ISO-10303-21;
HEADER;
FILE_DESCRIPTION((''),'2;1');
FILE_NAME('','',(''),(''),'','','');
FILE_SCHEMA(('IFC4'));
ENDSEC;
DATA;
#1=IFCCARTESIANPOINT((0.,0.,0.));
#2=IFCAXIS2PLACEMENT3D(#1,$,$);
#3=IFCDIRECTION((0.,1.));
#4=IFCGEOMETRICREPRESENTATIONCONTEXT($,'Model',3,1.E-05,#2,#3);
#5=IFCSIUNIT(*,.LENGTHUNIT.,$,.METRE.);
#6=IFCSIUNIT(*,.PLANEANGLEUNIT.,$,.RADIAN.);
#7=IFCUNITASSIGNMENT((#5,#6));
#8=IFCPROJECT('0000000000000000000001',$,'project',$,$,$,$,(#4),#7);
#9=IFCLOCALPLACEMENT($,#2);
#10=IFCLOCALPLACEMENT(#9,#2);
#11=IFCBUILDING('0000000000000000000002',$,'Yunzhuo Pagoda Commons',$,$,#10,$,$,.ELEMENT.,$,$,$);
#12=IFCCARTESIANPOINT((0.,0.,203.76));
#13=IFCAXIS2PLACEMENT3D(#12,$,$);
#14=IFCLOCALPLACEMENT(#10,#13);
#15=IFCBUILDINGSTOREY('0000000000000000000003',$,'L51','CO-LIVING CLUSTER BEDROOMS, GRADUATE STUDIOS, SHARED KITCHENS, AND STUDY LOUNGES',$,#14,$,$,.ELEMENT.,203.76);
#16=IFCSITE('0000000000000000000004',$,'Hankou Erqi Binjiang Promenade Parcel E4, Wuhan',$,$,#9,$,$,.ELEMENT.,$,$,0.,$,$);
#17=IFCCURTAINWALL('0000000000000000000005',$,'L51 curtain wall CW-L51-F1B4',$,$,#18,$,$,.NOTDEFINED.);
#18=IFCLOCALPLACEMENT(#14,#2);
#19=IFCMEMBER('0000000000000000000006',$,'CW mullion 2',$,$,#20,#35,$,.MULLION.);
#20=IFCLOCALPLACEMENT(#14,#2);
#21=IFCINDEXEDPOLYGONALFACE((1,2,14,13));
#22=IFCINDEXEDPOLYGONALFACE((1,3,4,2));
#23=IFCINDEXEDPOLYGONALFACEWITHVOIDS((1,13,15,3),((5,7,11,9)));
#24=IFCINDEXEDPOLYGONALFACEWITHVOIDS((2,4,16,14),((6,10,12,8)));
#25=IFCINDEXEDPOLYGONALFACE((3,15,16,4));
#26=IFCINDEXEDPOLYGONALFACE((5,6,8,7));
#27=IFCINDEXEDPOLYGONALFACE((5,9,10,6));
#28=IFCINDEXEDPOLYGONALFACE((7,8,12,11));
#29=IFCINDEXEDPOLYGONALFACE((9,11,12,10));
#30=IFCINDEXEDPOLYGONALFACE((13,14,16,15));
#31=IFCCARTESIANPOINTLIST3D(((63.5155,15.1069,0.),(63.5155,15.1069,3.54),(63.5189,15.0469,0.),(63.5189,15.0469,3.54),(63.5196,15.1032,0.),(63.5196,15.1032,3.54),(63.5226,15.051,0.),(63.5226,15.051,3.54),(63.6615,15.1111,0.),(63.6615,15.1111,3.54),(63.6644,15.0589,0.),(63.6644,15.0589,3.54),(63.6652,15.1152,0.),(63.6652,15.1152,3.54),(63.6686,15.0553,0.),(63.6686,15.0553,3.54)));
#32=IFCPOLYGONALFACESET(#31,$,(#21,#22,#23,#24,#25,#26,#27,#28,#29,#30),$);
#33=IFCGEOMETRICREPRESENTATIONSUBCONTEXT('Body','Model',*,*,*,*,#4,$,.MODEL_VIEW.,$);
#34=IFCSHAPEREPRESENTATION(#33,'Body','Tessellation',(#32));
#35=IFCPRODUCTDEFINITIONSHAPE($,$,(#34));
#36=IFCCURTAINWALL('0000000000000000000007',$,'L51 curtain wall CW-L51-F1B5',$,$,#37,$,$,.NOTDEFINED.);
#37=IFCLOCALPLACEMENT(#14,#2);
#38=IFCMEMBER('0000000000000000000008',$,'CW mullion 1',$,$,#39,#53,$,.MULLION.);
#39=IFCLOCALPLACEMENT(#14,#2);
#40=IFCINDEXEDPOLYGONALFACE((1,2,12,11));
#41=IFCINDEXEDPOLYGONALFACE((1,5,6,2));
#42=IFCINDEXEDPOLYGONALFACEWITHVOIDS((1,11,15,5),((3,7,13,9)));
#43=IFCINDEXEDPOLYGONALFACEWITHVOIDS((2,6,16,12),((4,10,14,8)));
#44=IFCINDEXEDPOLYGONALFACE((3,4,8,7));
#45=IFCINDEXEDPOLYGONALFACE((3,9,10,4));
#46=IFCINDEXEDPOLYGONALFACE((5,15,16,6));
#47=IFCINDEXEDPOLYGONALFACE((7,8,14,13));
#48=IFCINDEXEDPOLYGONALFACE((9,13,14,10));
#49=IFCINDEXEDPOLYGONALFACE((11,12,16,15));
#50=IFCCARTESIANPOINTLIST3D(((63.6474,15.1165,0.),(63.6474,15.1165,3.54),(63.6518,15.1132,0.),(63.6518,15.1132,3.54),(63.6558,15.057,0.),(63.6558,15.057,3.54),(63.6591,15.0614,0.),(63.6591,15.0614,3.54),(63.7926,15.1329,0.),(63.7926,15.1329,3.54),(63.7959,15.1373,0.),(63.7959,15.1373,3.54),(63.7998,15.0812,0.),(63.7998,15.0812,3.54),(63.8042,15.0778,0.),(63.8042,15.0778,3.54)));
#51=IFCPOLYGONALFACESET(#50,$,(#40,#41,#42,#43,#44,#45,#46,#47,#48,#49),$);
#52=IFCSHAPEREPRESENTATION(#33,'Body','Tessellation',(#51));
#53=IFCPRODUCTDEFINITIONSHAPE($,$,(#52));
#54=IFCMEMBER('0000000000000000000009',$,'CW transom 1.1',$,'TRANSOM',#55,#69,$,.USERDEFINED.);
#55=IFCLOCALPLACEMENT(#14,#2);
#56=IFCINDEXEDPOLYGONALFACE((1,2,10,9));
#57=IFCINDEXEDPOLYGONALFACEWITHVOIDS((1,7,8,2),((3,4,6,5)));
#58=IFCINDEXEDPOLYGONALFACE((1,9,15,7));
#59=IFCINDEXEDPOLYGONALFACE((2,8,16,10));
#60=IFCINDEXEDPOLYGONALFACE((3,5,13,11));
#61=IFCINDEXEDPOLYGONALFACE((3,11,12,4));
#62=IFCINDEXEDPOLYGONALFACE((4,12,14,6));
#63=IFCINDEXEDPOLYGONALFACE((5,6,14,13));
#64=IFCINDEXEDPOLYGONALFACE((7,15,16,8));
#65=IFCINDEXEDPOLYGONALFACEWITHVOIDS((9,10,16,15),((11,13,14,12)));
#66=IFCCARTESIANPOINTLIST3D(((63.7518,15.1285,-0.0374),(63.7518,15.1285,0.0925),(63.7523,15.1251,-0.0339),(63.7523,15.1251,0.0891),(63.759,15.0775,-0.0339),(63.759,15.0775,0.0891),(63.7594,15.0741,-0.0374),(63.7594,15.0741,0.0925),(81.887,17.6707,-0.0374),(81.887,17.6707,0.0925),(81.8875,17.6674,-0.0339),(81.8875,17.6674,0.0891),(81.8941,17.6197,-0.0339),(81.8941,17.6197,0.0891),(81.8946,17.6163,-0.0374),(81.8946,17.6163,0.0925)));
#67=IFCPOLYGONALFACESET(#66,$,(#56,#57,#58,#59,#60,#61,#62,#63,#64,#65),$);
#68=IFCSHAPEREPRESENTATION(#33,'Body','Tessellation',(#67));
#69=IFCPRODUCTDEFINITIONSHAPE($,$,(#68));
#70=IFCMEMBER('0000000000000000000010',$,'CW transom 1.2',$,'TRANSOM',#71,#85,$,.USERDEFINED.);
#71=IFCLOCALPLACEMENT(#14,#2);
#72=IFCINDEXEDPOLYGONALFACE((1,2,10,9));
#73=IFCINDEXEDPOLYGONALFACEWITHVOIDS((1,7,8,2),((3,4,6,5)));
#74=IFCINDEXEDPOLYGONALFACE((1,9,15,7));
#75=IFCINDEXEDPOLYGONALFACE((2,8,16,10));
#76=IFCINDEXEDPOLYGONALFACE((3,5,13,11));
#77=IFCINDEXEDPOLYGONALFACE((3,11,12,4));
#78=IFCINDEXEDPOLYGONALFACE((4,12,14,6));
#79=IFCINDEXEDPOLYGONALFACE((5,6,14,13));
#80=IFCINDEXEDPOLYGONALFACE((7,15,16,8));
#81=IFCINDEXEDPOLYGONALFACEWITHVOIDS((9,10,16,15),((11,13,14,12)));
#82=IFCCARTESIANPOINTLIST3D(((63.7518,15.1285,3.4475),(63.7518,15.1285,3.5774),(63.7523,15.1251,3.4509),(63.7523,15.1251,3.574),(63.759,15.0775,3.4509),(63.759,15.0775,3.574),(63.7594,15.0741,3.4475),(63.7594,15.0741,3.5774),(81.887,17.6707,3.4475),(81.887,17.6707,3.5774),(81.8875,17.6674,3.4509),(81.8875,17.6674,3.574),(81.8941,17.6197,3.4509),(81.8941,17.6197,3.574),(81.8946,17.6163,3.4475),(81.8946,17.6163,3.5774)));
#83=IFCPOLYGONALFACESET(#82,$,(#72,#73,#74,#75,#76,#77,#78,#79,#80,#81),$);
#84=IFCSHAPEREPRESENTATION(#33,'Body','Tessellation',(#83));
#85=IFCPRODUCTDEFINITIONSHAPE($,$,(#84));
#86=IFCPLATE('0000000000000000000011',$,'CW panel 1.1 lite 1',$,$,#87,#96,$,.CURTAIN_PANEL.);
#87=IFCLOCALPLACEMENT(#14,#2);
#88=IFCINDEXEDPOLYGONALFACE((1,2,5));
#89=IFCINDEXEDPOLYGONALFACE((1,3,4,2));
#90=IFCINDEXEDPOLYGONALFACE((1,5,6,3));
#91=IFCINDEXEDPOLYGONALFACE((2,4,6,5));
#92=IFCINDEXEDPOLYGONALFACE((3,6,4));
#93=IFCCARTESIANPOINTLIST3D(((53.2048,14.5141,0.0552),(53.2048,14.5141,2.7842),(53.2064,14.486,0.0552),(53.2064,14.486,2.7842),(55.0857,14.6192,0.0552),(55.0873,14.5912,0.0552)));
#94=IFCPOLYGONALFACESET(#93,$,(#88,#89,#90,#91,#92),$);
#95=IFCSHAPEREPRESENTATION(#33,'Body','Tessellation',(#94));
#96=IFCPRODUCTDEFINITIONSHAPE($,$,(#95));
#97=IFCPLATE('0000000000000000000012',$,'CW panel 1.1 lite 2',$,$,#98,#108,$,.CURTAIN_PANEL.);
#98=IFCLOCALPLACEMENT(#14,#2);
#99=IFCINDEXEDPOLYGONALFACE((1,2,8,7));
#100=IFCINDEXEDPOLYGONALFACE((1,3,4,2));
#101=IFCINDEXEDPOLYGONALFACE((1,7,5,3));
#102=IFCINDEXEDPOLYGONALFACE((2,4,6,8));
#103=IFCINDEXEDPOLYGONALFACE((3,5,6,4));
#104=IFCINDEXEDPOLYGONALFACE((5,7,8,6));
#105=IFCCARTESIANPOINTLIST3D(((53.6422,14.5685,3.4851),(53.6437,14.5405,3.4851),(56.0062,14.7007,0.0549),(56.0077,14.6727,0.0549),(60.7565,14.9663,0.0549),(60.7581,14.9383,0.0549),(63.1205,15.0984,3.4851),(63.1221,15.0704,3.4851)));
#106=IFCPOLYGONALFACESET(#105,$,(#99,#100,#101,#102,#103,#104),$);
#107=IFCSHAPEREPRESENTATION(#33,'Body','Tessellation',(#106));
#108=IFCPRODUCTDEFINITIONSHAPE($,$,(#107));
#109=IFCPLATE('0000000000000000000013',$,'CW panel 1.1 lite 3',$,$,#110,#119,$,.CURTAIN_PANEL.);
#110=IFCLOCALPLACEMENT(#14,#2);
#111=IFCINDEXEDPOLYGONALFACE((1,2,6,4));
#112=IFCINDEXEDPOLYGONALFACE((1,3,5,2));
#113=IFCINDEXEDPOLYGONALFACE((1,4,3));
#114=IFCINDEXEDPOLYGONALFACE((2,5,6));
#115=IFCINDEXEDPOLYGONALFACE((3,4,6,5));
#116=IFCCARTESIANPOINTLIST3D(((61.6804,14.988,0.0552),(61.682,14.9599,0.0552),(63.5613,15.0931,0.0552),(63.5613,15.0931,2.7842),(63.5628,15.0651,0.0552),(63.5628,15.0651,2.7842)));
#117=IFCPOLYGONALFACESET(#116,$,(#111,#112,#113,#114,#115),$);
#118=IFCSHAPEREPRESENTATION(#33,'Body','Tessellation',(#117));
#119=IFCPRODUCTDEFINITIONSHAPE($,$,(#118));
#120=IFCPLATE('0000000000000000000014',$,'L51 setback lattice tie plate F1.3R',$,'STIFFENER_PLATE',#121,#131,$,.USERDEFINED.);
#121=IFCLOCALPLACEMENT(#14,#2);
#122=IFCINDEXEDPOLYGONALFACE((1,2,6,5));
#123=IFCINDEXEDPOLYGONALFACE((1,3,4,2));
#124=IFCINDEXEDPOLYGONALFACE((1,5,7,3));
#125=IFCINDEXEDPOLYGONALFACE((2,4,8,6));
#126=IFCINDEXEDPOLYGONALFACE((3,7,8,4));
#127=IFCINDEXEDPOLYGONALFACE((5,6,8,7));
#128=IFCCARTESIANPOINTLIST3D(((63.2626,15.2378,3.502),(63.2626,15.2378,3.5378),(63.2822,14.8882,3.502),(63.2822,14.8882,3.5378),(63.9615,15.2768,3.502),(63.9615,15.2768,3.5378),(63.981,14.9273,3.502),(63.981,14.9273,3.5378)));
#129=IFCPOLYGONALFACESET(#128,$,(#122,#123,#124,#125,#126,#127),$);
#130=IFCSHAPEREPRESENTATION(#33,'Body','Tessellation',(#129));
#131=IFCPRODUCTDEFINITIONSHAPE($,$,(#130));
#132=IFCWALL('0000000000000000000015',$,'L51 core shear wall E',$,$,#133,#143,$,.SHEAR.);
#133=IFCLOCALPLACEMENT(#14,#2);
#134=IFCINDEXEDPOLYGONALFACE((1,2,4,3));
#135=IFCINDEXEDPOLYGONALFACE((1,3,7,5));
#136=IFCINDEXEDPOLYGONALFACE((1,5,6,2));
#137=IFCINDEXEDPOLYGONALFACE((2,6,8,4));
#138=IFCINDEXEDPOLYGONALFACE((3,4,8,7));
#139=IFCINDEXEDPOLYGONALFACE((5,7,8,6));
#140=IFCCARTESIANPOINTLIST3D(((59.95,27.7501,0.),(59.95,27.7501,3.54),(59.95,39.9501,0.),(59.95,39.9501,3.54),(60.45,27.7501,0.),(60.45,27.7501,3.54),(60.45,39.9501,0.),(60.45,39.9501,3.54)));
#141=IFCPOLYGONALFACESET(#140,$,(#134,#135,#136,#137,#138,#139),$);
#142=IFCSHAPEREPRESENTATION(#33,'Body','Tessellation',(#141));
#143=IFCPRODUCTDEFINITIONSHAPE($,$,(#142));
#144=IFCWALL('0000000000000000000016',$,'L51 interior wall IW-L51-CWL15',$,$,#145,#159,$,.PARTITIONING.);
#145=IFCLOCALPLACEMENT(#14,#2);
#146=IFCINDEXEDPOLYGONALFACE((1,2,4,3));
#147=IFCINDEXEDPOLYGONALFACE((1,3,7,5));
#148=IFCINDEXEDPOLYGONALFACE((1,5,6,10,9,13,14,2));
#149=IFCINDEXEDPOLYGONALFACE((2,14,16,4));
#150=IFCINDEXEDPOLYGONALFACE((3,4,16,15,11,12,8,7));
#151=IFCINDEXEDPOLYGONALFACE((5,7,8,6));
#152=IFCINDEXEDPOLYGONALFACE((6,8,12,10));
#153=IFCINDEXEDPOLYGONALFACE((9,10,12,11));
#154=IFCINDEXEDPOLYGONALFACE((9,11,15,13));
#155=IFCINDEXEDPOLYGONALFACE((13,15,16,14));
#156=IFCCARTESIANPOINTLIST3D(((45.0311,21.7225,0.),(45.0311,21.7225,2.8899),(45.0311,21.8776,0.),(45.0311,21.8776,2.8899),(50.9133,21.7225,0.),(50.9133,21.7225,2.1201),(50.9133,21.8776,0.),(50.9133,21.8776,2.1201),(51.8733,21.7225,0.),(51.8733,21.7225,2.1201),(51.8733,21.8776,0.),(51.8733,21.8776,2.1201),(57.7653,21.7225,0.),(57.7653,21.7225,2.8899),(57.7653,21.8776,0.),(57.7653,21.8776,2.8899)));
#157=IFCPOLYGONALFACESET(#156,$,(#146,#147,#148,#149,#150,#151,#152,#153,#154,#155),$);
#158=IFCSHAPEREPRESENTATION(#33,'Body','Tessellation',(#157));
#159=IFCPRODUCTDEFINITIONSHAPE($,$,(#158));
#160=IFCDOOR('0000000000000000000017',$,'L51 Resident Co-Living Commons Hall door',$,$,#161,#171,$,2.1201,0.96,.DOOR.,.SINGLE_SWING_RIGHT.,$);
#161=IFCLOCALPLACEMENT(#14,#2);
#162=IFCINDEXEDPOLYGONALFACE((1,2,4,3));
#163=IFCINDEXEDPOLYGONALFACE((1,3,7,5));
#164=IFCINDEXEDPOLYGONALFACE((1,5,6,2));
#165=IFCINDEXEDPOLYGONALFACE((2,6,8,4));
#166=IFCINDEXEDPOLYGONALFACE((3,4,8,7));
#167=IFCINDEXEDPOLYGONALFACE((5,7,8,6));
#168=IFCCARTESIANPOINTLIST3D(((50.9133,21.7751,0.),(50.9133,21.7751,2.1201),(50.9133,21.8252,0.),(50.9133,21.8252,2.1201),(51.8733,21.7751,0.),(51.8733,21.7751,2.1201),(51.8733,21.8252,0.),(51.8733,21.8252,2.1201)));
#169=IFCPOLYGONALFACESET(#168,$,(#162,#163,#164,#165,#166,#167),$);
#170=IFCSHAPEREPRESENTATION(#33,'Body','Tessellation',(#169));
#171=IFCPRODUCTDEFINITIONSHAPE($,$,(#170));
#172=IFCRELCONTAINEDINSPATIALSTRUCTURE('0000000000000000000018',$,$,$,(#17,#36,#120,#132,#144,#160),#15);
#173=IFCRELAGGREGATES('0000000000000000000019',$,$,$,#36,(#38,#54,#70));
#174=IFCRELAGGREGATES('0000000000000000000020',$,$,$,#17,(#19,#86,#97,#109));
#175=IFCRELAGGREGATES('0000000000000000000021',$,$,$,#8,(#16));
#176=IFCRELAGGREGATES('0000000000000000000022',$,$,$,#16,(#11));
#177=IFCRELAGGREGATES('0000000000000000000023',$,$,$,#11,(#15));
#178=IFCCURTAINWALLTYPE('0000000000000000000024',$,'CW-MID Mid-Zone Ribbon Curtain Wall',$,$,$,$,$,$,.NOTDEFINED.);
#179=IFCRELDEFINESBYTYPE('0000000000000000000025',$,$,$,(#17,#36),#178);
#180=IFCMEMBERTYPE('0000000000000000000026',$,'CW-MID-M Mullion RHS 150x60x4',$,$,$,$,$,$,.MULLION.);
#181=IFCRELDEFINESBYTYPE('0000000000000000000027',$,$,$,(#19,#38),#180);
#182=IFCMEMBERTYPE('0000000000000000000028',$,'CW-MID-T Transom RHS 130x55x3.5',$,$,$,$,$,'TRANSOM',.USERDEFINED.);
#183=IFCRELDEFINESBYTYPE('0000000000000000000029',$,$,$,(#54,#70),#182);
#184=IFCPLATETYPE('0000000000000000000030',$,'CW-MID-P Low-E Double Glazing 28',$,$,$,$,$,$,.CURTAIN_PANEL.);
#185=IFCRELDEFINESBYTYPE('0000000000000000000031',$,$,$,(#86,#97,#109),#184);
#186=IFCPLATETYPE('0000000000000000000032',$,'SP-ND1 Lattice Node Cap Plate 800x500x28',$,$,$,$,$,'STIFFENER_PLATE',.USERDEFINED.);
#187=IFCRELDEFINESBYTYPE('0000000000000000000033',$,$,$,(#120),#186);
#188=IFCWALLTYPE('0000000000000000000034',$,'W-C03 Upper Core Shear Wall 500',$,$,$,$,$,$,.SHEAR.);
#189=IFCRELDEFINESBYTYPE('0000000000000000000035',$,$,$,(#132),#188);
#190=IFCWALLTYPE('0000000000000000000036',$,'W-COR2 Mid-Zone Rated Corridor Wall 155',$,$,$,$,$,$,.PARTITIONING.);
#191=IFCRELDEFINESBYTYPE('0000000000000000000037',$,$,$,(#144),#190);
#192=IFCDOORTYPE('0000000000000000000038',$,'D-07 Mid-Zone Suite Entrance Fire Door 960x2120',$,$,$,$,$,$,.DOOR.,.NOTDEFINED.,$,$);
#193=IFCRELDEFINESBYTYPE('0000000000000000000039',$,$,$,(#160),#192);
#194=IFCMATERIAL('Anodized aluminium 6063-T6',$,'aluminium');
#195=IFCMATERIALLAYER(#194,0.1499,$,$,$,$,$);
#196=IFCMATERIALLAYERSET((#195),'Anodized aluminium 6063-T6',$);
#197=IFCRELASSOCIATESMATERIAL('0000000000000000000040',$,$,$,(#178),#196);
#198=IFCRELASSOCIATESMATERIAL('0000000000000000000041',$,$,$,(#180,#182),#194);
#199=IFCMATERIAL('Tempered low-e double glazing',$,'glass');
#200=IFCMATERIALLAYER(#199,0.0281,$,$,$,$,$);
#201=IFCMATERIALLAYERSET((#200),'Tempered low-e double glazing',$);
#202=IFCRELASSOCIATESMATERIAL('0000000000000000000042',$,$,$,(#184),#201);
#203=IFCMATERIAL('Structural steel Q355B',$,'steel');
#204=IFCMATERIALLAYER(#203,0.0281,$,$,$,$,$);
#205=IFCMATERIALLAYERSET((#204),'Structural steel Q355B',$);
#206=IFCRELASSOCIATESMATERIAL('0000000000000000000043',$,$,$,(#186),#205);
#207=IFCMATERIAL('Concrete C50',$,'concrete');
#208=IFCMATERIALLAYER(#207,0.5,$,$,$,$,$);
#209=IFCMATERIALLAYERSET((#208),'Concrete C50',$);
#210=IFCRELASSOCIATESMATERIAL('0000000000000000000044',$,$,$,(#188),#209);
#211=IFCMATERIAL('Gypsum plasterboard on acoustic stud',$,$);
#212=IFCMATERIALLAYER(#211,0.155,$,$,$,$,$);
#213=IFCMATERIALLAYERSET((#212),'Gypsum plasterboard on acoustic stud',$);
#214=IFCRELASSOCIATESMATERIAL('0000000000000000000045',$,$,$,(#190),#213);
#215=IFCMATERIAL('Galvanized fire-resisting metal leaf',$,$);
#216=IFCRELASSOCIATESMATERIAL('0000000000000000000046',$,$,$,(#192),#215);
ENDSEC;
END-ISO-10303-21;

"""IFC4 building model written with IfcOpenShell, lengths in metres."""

from ifc_helpers import new_model, si_unit, direction, frame, frame_2d, origin, origin_with_axes, origin_2d, place, context, subcontext, project, spatial, polyline, rectangle, hollow_rectangle, outline, extrude, source, transform, mapped, material, layer, layer_set, material_profile, profile_set, type_object, element, fill, aggregate, save


model = new_model("IFC4")

# Units and contexts
model_context = context("Model", 3, precision=1e-05, world=origin(), true_north=direction((0.0, 1.0)))
body_context = subcontext(model_context, "Body", "Model", "MODEL_VIEW")
ifc_project = project(units=[si_unit("LENGTHUNIT", "METRE"), si_unit("PLANEANGLEUNIT", "RADIAN")], contexts=[model_context])

# Site, building, storey
site_placement = place(None, origin())
site = spatial("IfcSite", under=ifc_project, at=site_placement, Name="Hankou Erqi Binjiang Promenade Parcel E4, Wuhan", CompositionType="ELEMENT", RefElevation=0.0)
building_placement = place(site_placement, origin())
building = spatial("IfcBuilding", under=site, at=building_placement, Name="Yunzhuo Pagoda Commons", CompositionType="ELEMENT")
storey_placement = place(building_placement, frame((0.0, 0.0, 203.76)))
storey = spatial("IfcBuildingStorey", under=building, at=storey_placement, Name="L51", Description="CO-LIVING CLUSTER BEDROOMS, GRADUATE STUDIOS, SHARED KITCHENS, AND STUDY LOUNGES", CompositionType="ELEMENT", Elevation=203.76)

# Shared definitions
ifc_material_1 = material(Name="Structural steel Q355B", Category="steel")

# Curtain wall, member
ifc_material_2 = material(Name="Anodized aluminium 6063-T6", Category="aluminium")
ifc_layer_1 = layer(ifc_material_2, 0.1499)
ifc_layer_set_1 = layer_set([ifc_layer_1], Name="Anodized aluminium 6063-T6")
curtain_wall_type = type_object("IfcCurtainWallType", Name="CW-MID Mid-Zone Ribbon Curtain Wall", PredefinedType="NOTDEFINED", material=ifc_layer_set_1)
curtain_wall_1_placement = place(storey_placement, origin())
curtain_wall_1 = element("IfcCurtainWall", 1, at=curtain_wall_1_placement, inside=storey, type_object=curtain_wall_type, Name="L51 curtain wall CW-L51-F1B4", PredefinedType="NOTDEFINED")
ifc_material_profile_1 = material_profile(ifc_material_2, hollow_rectangle(XDim=0.0601, YDim=0.1499, WallThickness=0.0039, at=origin_2d()), Name="Anodized aluminium 6063-T6")
ifc_profile_set_1 = profile_set([ifc_material_profile_1], Name="Anodized aluminium 6063-T6")
member_type_1 = type_object("IfcMemberType", Name="CW-MID-M Mullion RHS 150x60x4", PredefinedType="MULLION", material=ifc_profile_set_1)
shared_shape_1 = source(origin(), body_context, "Body", "SweptSolid", [
    extrude(hollow_rectangle(XDim=0.0601, YDim=0.1499, WallThickness=0.0039, at=origin_2d()), origin(), (0.0, 0.0, 1.0), 3.54),
])
member_1_placement = place(storey_placement, frame((63.592, 15.0811, 0.0), z_axis=(0.0, 0.0, 1.0), x_axis=(-0.055819, 0.998441, 0.0)))
member_1 = element("IfcMember", 2, at=member_1_placement, type_object=member_type_1, Name="CW mullion 2", PredefinedType="MULLION", context=body_context, shape_type="MappedRepresentation", body=[
    mapped(shared_shape_1, transform((0.0, 0.0, 0.0), scale=1.0)),
])

# Curtain wall, members
curtain_wall_2_placement = place(storey_placement, origin())
curtain_wall_2 = element("IfcCurtainWall", 3, at=curtain_wall_2_placement, inside=storey, type_object=curtain_wall_type, Name="L51 curtain wall CW-L51-F1B5", PredefinedType="NOTDEFINED")
member_2_placement = place(storey_placement, frame((63.7258, 15.0972, 0.0), z_axis=(0.0, 0.0, 1.0), x_axis=(-0.138819, 0.990318, 0.0)))
member_2 = element("IfcMember", 4, at=member_2_placement, type_object=member_type_1, Name="CW mullion 1", PredefinedType="MULLION", context=body_context, shape_type="MappedRepresentation", body=[
    mapped(shared_shape_1, transform((0.0, 0.0, 0.0), scale=1.0)),
])
ifc_material_profile_2 = material_profile(ifc_material_2, hollow_rectangle(XDim=0.0549, YDim=0.1299, WallThickness=0.0034, at=origin_2d()), Name="Anodized aluminium 6063-T6")
ifc_profile_set_2 = profile_set([ifc_material_profile_2], Name="Anodized aluminium 6063-T6")
member_type_2 = type_object("IfcMemberType", Name="CW-MID-T Transom RHS 130x55x3.5", ElementType="TRANSOM", PredefinedType="USERDEFINED", material=ifc_profile_set_2)
shared_shape_2 = source(origin(), body_context, "Body", "SweptSolid", [
    extrude(hollow_rectangle(XDim=0.0549, YDim=0.1299, WallThickness=0.0034, at=origin_2d()), origin(), (0.0, 0.0, 1.0), 18.3125),
])
member_3_placement = place(storey_placement, frame((63.7556, 15.1013, 0.0276), z_axis=(0.990317, 0.138825, 0.0), x_axis=(-0.138825, 0.990317, 0.0)))
member_3 = element("IfcMember", 5, at=member_3_placement, type_object=member_type_2, Name="CW transom 1.1", ObjectType="TRANSOM", PredefinedType="USERDEFINED", context=body_context, shape_type="MappedRepresentation", body=[
    mapped(shared_shape_2, transform((0.0, 0.0, 0.0), scale=1.0)),
])
member_4_placement = place(storey_placement, frame((63.7556, 15.1013, 3.5125), z_axis=(0.990317, 0.138825, 0.0), x_axis=(-0.138825, 0.990317, 0.0)))
member_4 = element("IfcMember", 6, at=member_4_placement, type_object=member_type_2, Name="CW transom 1.2", ObjectType="TRANSOM", PredefinedType="USERDEFINED", context=body_context, shape_type="MappedRepresentation", body=[
    mapped(shared_shape_2, transform((0.0, 0.0, 0.0), scale=1.0)),
])
aggregate(curtain_wall_2, [member_2, member_3, member_4])

# Plates
ifc_material_3 = material(Name="Tempered low-e double glazing", Category="glass")
ifc_layer_2 = layer(ifc_material_3, 0.0281)
ifc_layer_set_2 = layer_set([ifc_layer_2], Name="Tempered low-e double glazing")
plate_type_1 = type_object("IfcPlateType", Name="CW-MID-P Low-E Double Glazing 28", PredefinedType="CURTAIN_PANEL", material=ifc_layer_set_2)
plate_1_placement = place(storey_placement, frame((54.1453, 14.5667, 1.4197), z_axis=(0.055819, -0.998441, 0.0), x_axis=(0.998441, 0.055819, 0.0)))
plate_1 = element("IfcPlate", 7, at=plate_1_placement, type_object=plate_type_1, Name="CW panel 1.1 lite 1", PredefinedType="CURTAIN_PANEL", context=body_context, shape_type="SweptSolid", body=[
    extrude(outline(polyline([(-0.9419, -1.3645), (0.9419, -1.3645), (-0.9419, 1.3645), (-0.9419, -1.3645)])), origin(), (0.0, 0.0, 1.0), 0.0281),
])
plate_2_placement = place(storey_placement, frame((58.3813, 14.8335, 1.77), z_axis=(0.055819, -0.998441, 0.0), x_axis=(0.998441, 0.055819, 0.0)))
plate_2 = element("IfcPlate", 8, at=plate_2_placement, type_object=plate_type_1, Name="CW panel 1.1 lite 2", PredefinedType="CURTAIN_PANEL", context=body_context, shape_type="SweptSolid", body=[
    extrude(outline(polyline([(-4.7466, 1.7151), (-2.3789, -1.7151), (2.3789, -1.7151), (4.7466, 1.7151), (-4.7466, 1.7151)])), origin(), (0.0, 0.0, 1.0), 0.0281),
])
plate_3_placement = place(storey_placement, frame((62.6208, 15.0405, 1.4197), z_axis=(0.055819, -0.998441, 0.0), x_axis=(0.998441, 0.055819, 0.0)))
plate_3 = element("IfcPlate", 9, at=plate_3_placement, type_object=plate_type_1, Name="CW panel 1.1 lite 3", PredefinedType="CURTAIN_PANEL", context=body_context, shape_type="SweptSolid", body=[
    extrude(outline(polyline([(-0.9419, -1.3645), (0.9419, -1.3645), (0.9419, 1.3645), (-0.9419, -1.3645)])), origin(), (0.0, 0.0, 1.0), 0.0281),
])
aggregate(curtain_wall_1, [member_1, plate_1, plate_2, plate_3])
ifc_layer_3 = layer(ifc_material_1, 0.0281)
ifc_layer_set_3 = layer_set([ifc_layer_3], Name="Structural steel Q355B")
plate_type_2 = type_object("IfcPlateType", Name="SP-ND1 Lattice Node Cap Plate 800x500x28", ElementType="STIFFENER_PLATE", PredefinedType="USERDEFINED", material=ifc_layer_set_3)
shared_shape_3 = source(origin(), body_context, "Body", "SweptSolid", [
    extrude(rectangle(XDim=0.7, YDim=0.3501, at=origin_2d()), origin(), (0.0, 0.0, 1.0), 0.0359),
])
plate_4_placement = place(storey_placement, frame((63.6218, 15.0825, 3.502), z_axis=(0.0, 0.0, 1.0), x_axis=(0.998441, 0.055822, 0.0)))
element("IfcPlate", 10, at=plate_4_placement, inside=storey, type_object=plate_type_2, Name="L51 setback lattice tie plate F1.3R", ObjectType="STIFFENER_PLATE", PredefinedType="USERDEFINED", context=body_context, shape_type="MappedRepresentation", body=[
    mapped(shared_shape_3, transform((0.0, 0.0, 0.0), scale=1.0)),
])

# Wall
ifc_material_4 = material(Name="Concrete C50", Category="concrete")
ifc_layer_4 = layer(ifc_material_4, 0.5)
ifc_layer_set_4 = layer_set([ifc_layer_4], Name="Concrete C50")
wall_type_1 = type_object("IfcWallType", Name="W-C03 Upper Core Shear Wall 500", PredefinedType="SHEAR", material=ifc_layer_set_4)
wall_1_placement = place(storey_placement, frame((60.2, 27.75, 0.0), z_axis=(0.0, 0.0, 1.0), x_axis=(0.0, 1.0, 0.0)))
element("IfcWall", 11, at=wall_1_placement, inside=storey, type_object=wall_type_1, Name="L51 core shear wall E", PredefinedType="SHEAR", context=body_context, shape_type="SweptSolid", body=[
    extrude(rectangle(XDim=12.2, YDim=0.5, at=frame_2d((6.1001, 0.0))), origin(), (0.0, 0.0, 1.0), 3.54),
])

# Wall, opening, door
ifc_material_5 = material(Name="Gypsum plasterboard on acoustic stud")
ifc_layer_5 = layer(ifc_material_5, 0.155)
ifc_layer_set_5 = layer_set([ifc_layer_5], Name="Gypsum plasterboard on acoustic stud")
wall_type_2 = type_object("IfcWallType", Name="W-COR2 Mid-Zone Rated Corridor Wall 155", PredefinedType="PARTITIONING", material=ifc_layer_set_5)
wall_2_placement = place(storey_placement, frame((57.7654, 21.8, 0.0), z_axis=(0.0, 0.0, 1.0), x_axis=(-1.0, 0.0, 0.0)))
wall_2 = element("IfcWall", 12, at=wall_2_placement, inside=storey, type_object=wall_type_2, Name="L51 interior wall IW-L51-CWL15", PredefinedType="PARTITIONING", context=body_context, shape_type="SweptSolid", body=[
    extrude(rectangle(XDim=12.7341, YDim=0.155, at=frame_2d((6.3672, 0.0))), origin(), (0.0, 0.0, 1.0), 2.8899),
])
opening_1_placement = place(wall_2_placement, frame((5.8921, 0.0, 0.0)))
opening_1 = element("IfcOpeningElement", 13, at=opening_1_placement, cuts=wall_2, PredefinedType="OPENING", context=body_context, shape_type="SweptSolid", body=[
    extrude(rectangle(XDim=0.96, YDim=2.1201, at=frame_2d((0.48, 1.0601))), frame((0.0, 0.0874, 0.0), z_axis=(0.0, -1.0, 0.0), x_axis=(1.0, 0.0, 0.0)), (0.0, 0.0, 1.0), 0.175),
])
ifc_material_6 = material(Name="Galvanized fire-resisting metal leaf")
door_type_1 = type_object("IfcDoorType", Name="D-07 Mid-Zone Suite Entrance Fire Door 960x2120", OperationType="NOTDEFINED", PredefinedType="DOOR", material=ifc_material_6)
shared_shape_4 = source(origin(), body_context, "Body", "SweptSolid", [
    extrude(rectangle(XDim=0.96, YDim=2.1201, at=frame_2d((0.48, 1.0601))), frame((0.0, 0.0249, 0.0), z_axis=(0.0, -1.0, 0.0), x_axis=(1.0, 0.0, 0.0)), (0.0, 0.0, 1.0), 0.05),
])
door_1_placement = place(opening_1_placement, origin_with_axes())
door_1 = element("IfcDoor", 14, at=door_1_placement, inside=storey, type_object=door_type_1, Name="L51 Resident Co-Living Commons Hall door", OperationType="SINGLE_SWING_RIGHT", OverallHeight=2.1201, OverallWidth=0.96, PredefinedType="DOOR", context=body_context, shape_type="MappedRepresentation", body=[
    mapped(shared_shape_4, transform((0.0, 0.0, 0.0), scale=1.0)),
])
fill(opening_1, door_1)

save(model, "model.ifc")
